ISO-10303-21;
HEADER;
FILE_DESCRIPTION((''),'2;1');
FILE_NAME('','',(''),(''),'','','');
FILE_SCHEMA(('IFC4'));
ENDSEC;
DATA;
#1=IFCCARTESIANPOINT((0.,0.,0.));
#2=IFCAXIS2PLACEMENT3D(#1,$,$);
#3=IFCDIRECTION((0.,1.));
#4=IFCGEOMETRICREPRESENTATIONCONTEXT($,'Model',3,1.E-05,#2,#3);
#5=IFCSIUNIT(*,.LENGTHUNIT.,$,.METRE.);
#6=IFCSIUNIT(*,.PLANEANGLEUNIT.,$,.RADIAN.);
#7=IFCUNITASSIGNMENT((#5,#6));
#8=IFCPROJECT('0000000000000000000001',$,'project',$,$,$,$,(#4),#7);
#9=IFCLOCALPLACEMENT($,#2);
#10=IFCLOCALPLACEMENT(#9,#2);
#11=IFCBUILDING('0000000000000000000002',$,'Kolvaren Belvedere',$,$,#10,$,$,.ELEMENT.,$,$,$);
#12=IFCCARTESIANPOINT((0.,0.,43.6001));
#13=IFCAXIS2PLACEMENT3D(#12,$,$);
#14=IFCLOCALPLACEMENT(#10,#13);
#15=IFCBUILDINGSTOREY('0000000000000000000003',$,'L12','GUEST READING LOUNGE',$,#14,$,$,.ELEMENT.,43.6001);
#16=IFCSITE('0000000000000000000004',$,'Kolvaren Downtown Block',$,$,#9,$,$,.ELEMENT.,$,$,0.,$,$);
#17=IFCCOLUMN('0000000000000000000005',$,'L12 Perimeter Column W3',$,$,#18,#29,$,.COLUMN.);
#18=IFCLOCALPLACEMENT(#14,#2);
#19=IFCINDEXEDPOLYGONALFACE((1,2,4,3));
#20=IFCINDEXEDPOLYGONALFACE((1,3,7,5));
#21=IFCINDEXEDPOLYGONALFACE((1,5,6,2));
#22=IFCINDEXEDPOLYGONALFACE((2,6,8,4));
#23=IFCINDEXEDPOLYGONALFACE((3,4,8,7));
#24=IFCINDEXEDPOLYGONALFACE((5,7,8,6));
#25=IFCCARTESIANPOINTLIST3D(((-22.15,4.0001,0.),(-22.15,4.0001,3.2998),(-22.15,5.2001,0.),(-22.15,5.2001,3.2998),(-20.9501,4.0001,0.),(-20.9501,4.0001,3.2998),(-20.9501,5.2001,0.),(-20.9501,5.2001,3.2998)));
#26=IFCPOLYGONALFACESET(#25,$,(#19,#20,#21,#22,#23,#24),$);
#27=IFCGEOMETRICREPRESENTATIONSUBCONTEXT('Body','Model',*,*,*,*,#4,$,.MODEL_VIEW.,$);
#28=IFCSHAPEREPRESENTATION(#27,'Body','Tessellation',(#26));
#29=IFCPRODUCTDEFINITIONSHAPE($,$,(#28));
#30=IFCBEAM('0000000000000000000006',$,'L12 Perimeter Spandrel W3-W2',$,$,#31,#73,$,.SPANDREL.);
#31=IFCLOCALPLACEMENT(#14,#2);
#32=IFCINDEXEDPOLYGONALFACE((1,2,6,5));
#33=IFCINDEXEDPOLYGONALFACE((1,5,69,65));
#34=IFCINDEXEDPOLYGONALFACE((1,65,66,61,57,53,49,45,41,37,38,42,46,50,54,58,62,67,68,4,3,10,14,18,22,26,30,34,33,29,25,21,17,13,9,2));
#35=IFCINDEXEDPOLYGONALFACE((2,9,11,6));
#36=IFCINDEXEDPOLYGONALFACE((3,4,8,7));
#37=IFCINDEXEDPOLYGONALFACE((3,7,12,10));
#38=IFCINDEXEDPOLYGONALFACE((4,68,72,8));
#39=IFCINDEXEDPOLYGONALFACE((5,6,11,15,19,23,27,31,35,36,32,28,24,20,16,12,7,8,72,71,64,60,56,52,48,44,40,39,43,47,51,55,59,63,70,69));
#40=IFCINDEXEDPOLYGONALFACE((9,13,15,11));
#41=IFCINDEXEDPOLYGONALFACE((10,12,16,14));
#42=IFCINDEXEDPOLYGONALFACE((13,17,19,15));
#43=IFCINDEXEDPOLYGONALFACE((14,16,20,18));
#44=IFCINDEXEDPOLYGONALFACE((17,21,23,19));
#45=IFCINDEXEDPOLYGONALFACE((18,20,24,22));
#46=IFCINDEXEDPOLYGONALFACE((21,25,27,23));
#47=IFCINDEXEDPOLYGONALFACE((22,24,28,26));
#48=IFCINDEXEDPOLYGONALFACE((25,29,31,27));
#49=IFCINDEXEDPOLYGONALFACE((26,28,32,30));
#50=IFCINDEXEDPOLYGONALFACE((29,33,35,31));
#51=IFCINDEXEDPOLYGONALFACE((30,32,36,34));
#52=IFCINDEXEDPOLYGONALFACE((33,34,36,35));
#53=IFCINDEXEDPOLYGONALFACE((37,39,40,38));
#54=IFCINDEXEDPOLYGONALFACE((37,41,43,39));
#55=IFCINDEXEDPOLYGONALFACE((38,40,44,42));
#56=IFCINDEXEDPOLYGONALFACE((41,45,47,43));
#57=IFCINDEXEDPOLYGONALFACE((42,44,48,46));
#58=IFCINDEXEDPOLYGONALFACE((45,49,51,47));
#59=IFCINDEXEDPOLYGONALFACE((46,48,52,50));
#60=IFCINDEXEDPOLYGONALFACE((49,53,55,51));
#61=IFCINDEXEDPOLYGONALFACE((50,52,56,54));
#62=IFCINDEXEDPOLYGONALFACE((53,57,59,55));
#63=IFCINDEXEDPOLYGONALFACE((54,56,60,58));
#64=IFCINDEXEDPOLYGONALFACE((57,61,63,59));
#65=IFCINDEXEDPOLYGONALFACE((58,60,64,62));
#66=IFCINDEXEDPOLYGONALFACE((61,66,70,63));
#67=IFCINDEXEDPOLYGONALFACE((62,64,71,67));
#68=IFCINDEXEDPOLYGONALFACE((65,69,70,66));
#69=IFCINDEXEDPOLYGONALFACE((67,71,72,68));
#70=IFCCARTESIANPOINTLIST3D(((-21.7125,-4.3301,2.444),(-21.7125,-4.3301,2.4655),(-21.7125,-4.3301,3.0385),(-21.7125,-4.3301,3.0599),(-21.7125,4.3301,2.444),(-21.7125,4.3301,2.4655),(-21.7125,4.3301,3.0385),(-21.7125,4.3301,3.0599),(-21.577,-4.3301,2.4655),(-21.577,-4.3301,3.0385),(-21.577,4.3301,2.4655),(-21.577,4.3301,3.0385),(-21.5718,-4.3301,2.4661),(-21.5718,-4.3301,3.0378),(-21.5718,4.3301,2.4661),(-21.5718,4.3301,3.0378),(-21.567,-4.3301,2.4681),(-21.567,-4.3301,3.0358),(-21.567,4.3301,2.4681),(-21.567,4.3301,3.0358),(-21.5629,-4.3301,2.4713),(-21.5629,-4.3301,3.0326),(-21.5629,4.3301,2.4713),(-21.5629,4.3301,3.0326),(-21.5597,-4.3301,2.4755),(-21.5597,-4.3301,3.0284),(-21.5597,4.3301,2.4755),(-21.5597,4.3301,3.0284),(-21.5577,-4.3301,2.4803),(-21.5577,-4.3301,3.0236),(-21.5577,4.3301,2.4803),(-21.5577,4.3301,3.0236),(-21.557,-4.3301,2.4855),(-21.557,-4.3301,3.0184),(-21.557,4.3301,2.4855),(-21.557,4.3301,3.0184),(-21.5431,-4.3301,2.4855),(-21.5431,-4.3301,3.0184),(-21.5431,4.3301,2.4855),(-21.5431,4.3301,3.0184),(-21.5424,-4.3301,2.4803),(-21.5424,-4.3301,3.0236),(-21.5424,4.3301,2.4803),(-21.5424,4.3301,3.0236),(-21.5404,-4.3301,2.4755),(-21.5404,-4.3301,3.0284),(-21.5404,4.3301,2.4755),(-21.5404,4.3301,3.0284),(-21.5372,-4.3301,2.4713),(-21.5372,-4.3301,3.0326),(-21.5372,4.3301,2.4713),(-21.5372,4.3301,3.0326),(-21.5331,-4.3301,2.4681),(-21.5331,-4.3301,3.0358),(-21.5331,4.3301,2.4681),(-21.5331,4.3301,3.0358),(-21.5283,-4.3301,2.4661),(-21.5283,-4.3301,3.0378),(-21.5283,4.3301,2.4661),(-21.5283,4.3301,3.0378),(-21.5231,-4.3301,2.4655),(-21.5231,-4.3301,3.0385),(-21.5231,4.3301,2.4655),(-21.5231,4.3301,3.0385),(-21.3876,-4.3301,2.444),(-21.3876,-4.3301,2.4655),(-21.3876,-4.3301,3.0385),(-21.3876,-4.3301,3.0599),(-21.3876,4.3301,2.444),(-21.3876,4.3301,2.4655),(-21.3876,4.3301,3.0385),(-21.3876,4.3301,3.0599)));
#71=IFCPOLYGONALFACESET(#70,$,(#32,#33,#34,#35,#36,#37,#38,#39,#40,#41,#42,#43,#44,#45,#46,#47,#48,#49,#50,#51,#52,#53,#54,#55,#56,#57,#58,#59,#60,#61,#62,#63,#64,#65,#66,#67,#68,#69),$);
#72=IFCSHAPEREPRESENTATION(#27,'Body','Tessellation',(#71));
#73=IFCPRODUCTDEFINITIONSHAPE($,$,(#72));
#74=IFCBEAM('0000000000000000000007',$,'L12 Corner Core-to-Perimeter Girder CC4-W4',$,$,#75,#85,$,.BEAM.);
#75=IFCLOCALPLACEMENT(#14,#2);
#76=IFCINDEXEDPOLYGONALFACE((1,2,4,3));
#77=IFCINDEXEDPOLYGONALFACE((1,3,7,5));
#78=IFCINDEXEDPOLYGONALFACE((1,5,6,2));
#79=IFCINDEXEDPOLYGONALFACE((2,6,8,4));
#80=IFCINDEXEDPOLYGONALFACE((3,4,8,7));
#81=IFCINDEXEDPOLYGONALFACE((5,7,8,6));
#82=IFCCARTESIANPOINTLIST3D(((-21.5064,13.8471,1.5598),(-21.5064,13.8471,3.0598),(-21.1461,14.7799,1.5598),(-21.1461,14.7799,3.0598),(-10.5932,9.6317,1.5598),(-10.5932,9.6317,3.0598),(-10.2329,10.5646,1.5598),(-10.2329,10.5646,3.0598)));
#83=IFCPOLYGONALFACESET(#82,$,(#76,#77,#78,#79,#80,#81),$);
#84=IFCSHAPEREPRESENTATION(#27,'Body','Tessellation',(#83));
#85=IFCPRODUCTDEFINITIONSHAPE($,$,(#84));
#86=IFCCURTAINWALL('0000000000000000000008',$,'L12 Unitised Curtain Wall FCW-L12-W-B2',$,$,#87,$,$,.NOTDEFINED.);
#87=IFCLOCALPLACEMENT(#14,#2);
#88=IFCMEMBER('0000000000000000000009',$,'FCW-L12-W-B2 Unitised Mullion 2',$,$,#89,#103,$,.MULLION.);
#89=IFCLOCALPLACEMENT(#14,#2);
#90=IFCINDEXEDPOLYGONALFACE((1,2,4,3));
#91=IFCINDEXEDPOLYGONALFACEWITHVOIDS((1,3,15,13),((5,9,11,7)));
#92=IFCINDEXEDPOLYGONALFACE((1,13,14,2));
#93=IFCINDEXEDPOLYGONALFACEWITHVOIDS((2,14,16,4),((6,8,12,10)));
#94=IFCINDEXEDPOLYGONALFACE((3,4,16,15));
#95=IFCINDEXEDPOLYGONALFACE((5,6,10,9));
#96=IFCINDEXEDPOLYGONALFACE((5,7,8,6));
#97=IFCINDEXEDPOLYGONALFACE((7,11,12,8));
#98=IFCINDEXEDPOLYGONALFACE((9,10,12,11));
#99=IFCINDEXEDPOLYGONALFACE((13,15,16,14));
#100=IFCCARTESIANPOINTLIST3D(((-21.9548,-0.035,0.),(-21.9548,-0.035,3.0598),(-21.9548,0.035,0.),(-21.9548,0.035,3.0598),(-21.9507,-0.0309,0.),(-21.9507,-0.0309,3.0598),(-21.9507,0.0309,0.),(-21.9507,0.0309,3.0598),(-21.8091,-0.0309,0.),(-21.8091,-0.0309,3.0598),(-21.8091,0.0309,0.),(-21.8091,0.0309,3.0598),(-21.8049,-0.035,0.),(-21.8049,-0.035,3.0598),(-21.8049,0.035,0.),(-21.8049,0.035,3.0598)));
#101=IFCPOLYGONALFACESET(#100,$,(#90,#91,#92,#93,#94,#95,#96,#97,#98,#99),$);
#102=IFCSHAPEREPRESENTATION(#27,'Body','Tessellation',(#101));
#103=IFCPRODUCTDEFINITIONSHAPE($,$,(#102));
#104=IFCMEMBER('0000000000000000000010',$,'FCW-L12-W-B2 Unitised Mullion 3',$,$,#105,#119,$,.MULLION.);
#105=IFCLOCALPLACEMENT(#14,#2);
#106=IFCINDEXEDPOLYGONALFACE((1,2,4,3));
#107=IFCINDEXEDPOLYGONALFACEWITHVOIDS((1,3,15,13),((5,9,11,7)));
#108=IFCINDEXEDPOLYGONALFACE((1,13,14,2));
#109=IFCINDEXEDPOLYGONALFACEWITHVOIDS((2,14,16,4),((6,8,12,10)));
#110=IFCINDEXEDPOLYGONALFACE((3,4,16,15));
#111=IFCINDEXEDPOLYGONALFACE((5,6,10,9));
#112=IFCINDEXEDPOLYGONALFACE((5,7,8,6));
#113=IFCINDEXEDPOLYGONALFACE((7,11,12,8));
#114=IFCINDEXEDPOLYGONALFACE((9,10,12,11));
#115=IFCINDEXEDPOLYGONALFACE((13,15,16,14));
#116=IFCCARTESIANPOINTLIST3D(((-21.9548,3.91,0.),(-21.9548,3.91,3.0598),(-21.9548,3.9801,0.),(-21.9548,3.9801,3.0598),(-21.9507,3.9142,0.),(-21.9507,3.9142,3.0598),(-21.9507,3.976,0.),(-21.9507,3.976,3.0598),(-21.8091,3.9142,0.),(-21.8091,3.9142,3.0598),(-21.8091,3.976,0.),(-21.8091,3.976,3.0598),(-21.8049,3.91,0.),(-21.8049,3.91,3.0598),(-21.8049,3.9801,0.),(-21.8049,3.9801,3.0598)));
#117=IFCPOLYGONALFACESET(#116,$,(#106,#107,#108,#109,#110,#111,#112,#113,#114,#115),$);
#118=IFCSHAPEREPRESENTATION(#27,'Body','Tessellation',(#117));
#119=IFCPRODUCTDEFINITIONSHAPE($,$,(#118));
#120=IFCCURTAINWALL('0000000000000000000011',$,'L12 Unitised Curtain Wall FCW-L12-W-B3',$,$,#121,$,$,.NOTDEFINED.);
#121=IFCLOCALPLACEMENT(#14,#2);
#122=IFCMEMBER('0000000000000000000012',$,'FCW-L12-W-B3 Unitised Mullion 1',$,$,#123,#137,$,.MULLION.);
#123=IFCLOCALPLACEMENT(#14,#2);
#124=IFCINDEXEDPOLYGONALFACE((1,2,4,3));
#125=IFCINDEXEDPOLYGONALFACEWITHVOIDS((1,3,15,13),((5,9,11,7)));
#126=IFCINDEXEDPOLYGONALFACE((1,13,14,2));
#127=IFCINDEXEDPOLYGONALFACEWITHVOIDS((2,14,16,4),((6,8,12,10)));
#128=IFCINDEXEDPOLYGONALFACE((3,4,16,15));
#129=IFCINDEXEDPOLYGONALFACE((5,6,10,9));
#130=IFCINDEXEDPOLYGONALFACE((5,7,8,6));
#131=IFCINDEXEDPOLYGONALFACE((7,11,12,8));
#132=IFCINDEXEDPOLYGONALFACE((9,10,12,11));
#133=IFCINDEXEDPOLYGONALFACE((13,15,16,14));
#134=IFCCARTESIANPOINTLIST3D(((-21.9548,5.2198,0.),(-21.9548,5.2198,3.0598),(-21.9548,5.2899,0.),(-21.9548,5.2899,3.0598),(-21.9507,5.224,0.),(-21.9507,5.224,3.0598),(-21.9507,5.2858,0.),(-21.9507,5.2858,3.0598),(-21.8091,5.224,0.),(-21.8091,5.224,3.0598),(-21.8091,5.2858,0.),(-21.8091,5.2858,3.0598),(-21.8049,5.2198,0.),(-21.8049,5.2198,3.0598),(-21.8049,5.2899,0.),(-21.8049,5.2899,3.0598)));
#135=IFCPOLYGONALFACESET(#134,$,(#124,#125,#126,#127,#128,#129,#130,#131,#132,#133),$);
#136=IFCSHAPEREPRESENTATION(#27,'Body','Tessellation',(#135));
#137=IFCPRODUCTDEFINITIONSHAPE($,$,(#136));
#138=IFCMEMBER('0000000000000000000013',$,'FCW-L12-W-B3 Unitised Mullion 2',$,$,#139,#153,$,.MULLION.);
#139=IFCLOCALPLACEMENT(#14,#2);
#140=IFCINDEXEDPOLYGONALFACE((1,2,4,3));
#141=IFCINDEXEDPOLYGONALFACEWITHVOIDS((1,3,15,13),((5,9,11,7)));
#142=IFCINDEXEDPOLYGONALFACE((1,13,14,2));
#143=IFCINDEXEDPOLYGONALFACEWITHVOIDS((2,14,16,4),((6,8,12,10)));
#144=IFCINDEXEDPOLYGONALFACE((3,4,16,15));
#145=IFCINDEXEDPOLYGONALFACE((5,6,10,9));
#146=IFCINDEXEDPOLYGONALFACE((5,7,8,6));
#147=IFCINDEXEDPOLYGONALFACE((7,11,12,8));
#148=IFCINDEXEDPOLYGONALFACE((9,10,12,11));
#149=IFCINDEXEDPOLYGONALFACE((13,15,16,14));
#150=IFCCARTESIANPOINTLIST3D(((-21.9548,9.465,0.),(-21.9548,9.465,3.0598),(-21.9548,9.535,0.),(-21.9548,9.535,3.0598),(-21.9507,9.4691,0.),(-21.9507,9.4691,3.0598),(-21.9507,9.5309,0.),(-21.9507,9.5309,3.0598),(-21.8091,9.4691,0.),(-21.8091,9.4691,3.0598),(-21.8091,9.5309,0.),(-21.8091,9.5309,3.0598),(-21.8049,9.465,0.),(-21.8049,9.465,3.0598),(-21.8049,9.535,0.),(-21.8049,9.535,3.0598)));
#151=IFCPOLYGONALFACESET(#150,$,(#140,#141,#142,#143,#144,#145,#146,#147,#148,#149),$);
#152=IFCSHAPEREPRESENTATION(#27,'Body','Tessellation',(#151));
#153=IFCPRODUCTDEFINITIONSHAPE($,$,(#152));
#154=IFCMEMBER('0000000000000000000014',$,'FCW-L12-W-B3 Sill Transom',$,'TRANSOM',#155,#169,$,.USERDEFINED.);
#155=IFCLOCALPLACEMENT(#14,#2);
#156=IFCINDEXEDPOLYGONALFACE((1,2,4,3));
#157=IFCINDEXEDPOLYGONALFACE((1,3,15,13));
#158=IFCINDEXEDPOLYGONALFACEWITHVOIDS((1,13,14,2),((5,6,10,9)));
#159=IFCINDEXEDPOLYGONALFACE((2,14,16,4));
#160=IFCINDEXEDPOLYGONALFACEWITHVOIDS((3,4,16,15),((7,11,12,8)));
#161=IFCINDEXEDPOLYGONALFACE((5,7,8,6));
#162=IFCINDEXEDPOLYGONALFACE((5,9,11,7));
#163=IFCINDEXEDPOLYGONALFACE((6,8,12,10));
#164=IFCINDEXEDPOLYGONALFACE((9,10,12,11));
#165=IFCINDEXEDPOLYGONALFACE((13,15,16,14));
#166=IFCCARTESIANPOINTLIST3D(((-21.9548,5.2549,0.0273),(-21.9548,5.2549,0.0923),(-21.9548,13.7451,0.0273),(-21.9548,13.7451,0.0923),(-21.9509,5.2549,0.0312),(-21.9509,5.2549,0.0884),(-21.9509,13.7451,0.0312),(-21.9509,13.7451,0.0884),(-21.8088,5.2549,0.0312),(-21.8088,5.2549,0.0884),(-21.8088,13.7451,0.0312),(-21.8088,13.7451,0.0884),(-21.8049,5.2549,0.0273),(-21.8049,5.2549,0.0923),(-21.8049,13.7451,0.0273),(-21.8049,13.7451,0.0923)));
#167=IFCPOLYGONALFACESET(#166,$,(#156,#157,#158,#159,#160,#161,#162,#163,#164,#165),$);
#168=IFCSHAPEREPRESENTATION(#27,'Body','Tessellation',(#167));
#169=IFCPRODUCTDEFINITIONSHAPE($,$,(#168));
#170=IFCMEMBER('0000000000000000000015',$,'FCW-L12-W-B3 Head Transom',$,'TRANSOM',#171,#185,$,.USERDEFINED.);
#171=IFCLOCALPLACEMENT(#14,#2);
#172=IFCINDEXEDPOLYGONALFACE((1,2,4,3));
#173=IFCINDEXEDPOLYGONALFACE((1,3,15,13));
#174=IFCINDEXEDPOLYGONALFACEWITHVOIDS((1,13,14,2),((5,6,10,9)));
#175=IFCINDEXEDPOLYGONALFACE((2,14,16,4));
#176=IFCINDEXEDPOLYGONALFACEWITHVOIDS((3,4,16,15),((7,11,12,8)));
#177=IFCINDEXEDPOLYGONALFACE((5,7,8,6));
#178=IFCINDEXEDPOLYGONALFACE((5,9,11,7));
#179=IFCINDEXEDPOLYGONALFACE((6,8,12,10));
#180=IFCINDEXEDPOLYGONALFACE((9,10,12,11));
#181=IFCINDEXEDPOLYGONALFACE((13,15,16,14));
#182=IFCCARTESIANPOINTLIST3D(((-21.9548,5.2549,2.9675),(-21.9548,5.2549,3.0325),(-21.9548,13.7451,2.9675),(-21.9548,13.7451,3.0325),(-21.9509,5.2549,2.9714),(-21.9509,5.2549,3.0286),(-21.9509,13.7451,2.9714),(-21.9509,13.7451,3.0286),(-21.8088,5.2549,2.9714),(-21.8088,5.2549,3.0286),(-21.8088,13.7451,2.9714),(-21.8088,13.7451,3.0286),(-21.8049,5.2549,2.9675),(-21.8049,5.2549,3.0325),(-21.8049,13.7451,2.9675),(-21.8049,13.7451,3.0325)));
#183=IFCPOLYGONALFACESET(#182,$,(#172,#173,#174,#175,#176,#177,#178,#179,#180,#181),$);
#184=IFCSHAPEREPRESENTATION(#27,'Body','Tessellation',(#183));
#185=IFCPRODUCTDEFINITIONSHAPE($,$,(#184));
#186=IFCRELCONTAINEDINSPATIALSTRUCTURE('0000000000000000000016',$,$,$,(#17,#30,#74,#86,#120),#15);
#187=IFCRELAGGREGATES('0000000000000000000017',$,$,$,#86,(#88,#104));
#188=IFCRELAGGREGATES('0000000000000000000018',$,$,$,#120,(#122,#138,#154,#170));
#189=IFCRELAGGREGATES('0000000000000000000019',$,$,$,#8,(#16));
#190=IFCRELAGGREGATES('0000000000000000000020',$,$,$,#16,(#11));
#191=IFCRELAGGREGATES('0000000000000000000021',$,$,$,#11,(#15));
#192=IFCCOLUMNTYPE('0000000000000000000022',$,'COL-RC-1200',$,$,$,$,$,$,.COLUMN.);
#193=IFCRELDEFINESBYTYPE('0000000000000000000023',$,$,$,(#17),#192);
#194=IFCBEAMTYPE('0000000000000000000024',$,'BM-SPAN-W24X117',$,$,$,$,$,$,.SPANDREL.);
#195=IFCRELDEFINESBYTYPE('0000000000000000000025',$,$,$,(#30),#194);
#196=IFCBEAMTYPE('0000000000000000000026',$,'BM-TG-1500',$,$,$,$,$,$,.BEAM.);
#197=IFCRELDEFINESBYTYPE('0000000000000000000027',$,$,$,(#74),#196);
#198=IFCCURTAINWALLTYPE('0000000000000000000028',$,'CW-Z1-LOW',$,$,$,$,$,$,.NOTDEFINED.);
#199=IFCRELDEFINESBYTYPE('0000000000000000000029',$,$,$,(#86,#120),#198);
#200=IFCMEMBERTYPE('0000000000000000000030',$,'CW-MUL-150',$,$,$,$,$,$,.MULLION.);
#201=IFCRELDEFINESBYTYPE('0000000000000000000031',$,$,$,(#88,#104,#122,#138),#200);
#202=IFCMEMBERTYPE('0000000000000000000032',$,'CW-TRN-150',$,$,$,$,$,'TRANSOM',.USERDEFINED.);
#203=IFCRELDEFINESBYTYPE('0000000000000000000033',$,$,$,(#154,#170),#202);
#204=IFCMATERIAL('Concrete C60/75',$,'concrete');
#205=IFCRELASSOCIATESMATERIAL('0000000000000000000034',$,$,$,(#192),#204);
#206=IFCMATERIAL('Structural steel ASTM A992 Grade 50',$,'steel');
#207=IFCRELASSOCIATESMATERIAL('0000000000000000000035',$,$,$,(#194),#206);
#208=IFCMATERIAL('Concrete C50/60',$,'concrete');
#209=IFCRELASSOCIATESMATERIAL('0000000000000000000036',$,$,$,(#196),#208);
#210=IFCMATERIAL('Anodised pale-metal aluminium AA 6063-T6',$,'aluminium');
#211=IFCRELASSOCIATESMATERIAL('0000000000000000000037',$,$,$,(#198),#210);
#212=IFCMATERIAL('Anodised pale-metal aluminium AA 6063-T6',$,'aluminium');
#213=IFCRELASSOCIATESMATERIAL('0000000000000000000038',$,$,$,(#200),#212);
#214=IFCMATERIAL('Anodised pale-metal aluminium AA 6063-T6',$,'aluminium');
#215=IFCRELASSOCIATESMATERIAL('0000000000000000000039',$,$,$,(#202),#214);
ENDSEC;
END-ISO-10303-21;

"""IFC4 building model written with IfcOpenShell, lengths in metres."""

from ifc_helpers import new_model, si_unit, direction, frame, origin, origin_2d, place, context, subcontext, project, spatial, rectangle, hollow_rectangle, i_section, extrude, material, material_profile, profile_set, type_object, element, aggregate, save


model = new_model("IFC4")

# Units and contexts
model_context = context("Model", 3, precision=1e-05, world=origin(), true_north=direction((0.0, 1.0)))
body_context = subcontext(model_context, "Body", "Model", "MODEL_VIEW")
ifc_project = project(units=[si_unit("LENGTHUNIT", "METRE"), si_unit("PLANEANGLEUNIT", "RADIAN")], contexts=[model_context])

# Site, building, storey
site_placement = place(None, origin())
site = spatial("IfcSite", under=ifc_project, at=site_placement, Name="Kolvaren Downtown Block", CompositionType="ELEMENT", RefElevation=0.0)
building_placement = place(site_placement, origin())
building = spatial("IfcBuilding", under=site, at=building_placement, Name="Kolvaren Belvedere", CompositionType="ELEMENT")
storey_placement = place(building_placement, frame((0.0, 0.0, 43.6001)))
storey = spatial("IfcBuildingStorey", under=building, at=storey_placement, Name="L12", Description="GUEST READING LOUNGE", CompositionType="ELEMENT", Elevation=43.6001)

# Column
ifc_material_1 = material(Name="Concrete C60/75", Category="concrete")
ifc_material_profile_1 = material_profile(ifc_material_1, rectangle(XDim=1.2, YDim=1.2, at=origin_2d()), Name="RC 1200X1200")
ifc_profile_set_1 = profile_set([ifc_material_profile_1], Name="Concrete C60/75")
column_type = type_object("IfcColumnType", Name="COL-RC-1200", PredefinedType="COLUMN", material=ifc_profile_set_1)
column_placement = place(storey_placement, frame((-21.55, 4.6001, 0.0), z_axis=(0.0, 0.0, 1.0), x_axis=(1.0, 0.0, 0.0)))
element("IfcColumn", 1, at=column_placement, inside=storey, type_object=column_type, Name="L12 Perimeter Column W3", PredefinedType="COLUMN", context=body_context, shape_type="SweptSolid", body=[
    extrude(rectangle(XDim=1.2, YDim=1.2, at=origin_2d()), origin(), (0.0, 0.0, 1.0), 3.2998),
])

# Beams
ifc_material_2 = material(Name="Structural steel ASTM A992 Grade 50", Category="steel")
ifc_material_profile_2 = material_profile(ifc_material_2, i_section(OverallWidth=0.325, OverallDepth=0.616, WebThickness=0.0139, FlangeThickness=0.0215, FilletRadius=0.02, at=origin_2d()), Name="W24X117")
ifc_profile_set_2 = profile_set([ifc_material_profile_2], Name="Structural steel ASTM A992 Grade 50")
beam_type_1 = type_object("IfcBeamType", Name="BM-SPAN-W24X117", PredefinedType="SPANDREL", material=ifc_profile_set_2)
beam_1_placement = place(storey_placement, frame((-21.55, 4.3301, 2.752), z_axis=(0.0, -1.0, 0.0), x_axis=(1.0, 0.0, 0.0)))
element("IfcBeam", 2, at=beam_1_placement, inside=storey, type_object=beam_type_1, Name="L12 Perimeter Spandrel W3-W2", PredefinedType="SPANDREL", context=body_context, shape_type="SweptSolid", body=[
    extrude(i_section(OverallWidth=0.325, OverallDepth=0.616, WebThickness=0.0139, FlangeThickness=0.0215, FilletRadius=0.02, at=origin_2d()), origin(), (0.0, 0.0, 1.0), 8.6602),
])
ifc_material_3 = material(Name="Concrete C50/60", Category="concrete")
ifc_material_profile_3 = material_profile(ifc_material_3, rectangle(XDim=1.0, YDim=1.5, at=origin_2d()), Name="RC 1000X1500")
ifc_profile_set_3 = profile_set([ifc_material_profile_3], Name="Concrete C50/60")
beam_type_2 = type_object("IfcBeamType", Name="BM-TG-1500", PredefinedType="BEAM", material=ifc_profile_set_3)
beam_2_placement = place(storey_placement, frame((-10.4131, 10.0981, 2.3098), z_axis=(-0.932829, 0.360318, 0.0), x_axis=(-0.360318, -0.932829, 0.0)))
element("IfcBeam", 3, at=beam_2_placement, inside=storey, type_object=beam_type_2, Name="L12 Corner Core-to-Perimeter Girder CC4-W4", PredefinedType="BEAM", context=body_context, shape_type="SweptSolid", body=[
    extrude(rectangle(XDim=1.0, YDim=1.5, at=origin_2d()), origin(), (0.0, 0.0, 1.0), 11.699),
])

# Curtain walls, members
ifc_material_4 = material(Name="Anodised pale-metal aluminium AA 6063-T6", Category="aluminium")
curtain_wall_type = type_object("IfcCurtainWallType", Name="CW-Z1-LOW", PredefinedType="NOTDEFINED", material=ifc_material_4)
curtain_wall_1_placement = place(storey_placement, origin())
curtain_wall_1 = element("IfcCurtainWall", 4, at=curtain_wall_1_placement, inside=storey, type_object=curtain_wall_type, Name="L12 Unitised Curtain Wall FCW-L12-W-B2", PredefinedType="NOTDEFINED")
ifc_material_5 = material(Name="Anodised pale-metal aluminium AA 6063-T6", Category="aluminium")
ifc_material_profile_4 = material_profile(ifc_material_5, hollow_rectangle(XDim=0.0701, YDim=0.1499, WallThickness=0.0042, at=origin_2d()), Name="ALU-MUL-150X70")
ifc_profile_set_4 = profile_set([ifc_material_profile_4], Name="Anodised pale-metal aluminium AA 6063-T6")
member_type_1 = type_object("IfcMemberType", Name="CW-MUL-150", PredefinedType="MULLION", material=ifc_profile_set_4)
member_1_placement = place(storey_placement, frame((-21.8799, 0.0, 0.0), z_axis=(0.0, 0.0, 1.0), x_axis=(0.0, 1.0, 0.0)))
member_1 = element("IfcMember", 5, at=member_1_placement, type_object=member_type_1, Name="FCW-L12-W-B2 Unitised Mullion 2", PredefinedType="MULLION", context=body_context, shape_type="SweptSolid", body=[
    extrude(hollow_rectangle(XDim=0.0701, YDim=0.1499, WallThickness=0.0042, at=origin_2d()), origin(), (0.0, 0.0, 1.0), 3.0598),
])
member_2_placement = place(storey_placement, frame((-21.8799, 3.9451, 0.0), z_axis=(0.0, 0.0, 1.0), x_axis=(0.0, 1.0, 0.0)))
member_2 = element("IfcMember", 6, at=member_2_placement, type_object=member_type_1, Name="FCW-L12-W-B2 Unitised Mullion 3", PredefinedType="MULLION", context=body_context, shape_type="SweptSolid", body=[
    extrude(hollow_rectangle(XDim=0.0701, YDim=0.1499, WallThickness=0.0042, at=origin_2d()), origin(), (0.0, 0.0, 1.0), 3.0598),
])
curtain_wall_2_placement = place(storey_placement, origin())
curtain_wall_2 = element("IfcCurtainWall", 7, at=curtain_wall_2_placement, inside=storey, type_object=curtain_wall_type, Name="L12 Unitised Curtain Wall FCW-L12-W-B3", PredefinedType="NOTDEFINED")
member_3_placement = place(storey_placement, frame((-21.8799, 5.2549, 0.0), z_axis=(0.0, 0.0, 1.0), x_axis=(0.0, 1.0, 0.0)))
member_3 = element("IfcMember", 8, at=member_3_placement, type_object=member_type_1, Name="FCW-L12-W-B3 Unitised Mullion 1", PredefinedType="MULLION", context=body_context, shape_type="SweptSolid", body=[
    extrude(hollow_rectangle(XDim=0.0701, YDim=0.1499, WallThickness=0.0042, at=origin_2d()), origin(), (0.0, 0.0, 1.0), 3.0598),
])
member_4_placement = place(storey_placement, frame((-21.8799, 9.5, 0.0), z_axis=(0.0, 0.0, 1.0), x_axis=(0.0, 1.0, 0.0)))
member_4 = element("IfcMember", 9, at=member_4_placement, type_object=member_type_1, Name="FCW-L12-W-B3 Unitised Mullion 2", PredefinedType="MULLION", context=body_context, shape_type="SweptSolid", body=[
    extrude(hollow_rectangle(XDim=0.0701, YDim=0.1499, WallThickness=0.0042, at=origin_2d()), origin(), (0.0, 0.0, 1.0), 3.0598),
])
ifc_material_6 = material(Name="Anodised pale-metal aluminium AA 6063-T6", Category="aluminium")
ifc_material_profile_5 = material_profile(ifc_material_6, hollow_rectangle(XDim=0.0649, YDim=0.1499, WallThickness=0.0039, at=origin_2d()), Name="ALU-TRN-150X65")
ifc_profile_set_5 = profile_set([ifc_material_profile_5], Name="Anodised pale-metal aluminium AA 6063-T6")
member_type_2 = type_object("IfcMemberType", Name="CW-TRN-150", ElementType="TRANSOM", PredefinedType="USERDEFINED", material=ifc_profile_set_5)
member_5_placement = place(storey_placement, frame((-21.8799, 5.2549, 0.0598), z_axis=(0.0, 1.0, 0.0), x_axis=(0.0, 0.0, 1.0)))
member_5 = element("IfcMember", 10, at=member_5_placement, type_object=member_type_2, Name="FCW-L12-W-B3 Sill Transom", ObjectType="TRANSOM", PredefinedType="USERDEFINED", context=body_context, shape_type="SweptSolid", body=[
    extrude(hollow_rectangle(XDim=0.0649, YDim=0.1499, WallThickness=0.0039, at=origin_2d()), origin(), (0.0, 0.0, 1.0), 8.4902),
])
member_6_placement = place(storey_placement, frame((-21.8799, 5.2549, 3.0), z_axis=(0.0, 1.0, 0.0), x_axis=(0.0, 0.0, 1.0)))
member_6 = element("IfcMember", 11, at=member_6_placement, type_object=member_type_2, Name="FCW-L12-W-B3 Head Transom", ObjectType="TRANSOM", PredefinedType="USERDEFINED", context=body_context, shape_type="SweptSolid", body=[
    extrude(hollow_rectangle(XDim=0.0649, YDim=0.1499, WallThickness=0.0039, at=origin_2d()), origin(), (0.0, 0.0, 1.0), 8.4902),
])

aggregate(curtain_wall_1, [member_1, member_2])
aggregate(curtain_wall_2, [member_3, member_4, member_5, member_6])

save(model, "model.ifc")
